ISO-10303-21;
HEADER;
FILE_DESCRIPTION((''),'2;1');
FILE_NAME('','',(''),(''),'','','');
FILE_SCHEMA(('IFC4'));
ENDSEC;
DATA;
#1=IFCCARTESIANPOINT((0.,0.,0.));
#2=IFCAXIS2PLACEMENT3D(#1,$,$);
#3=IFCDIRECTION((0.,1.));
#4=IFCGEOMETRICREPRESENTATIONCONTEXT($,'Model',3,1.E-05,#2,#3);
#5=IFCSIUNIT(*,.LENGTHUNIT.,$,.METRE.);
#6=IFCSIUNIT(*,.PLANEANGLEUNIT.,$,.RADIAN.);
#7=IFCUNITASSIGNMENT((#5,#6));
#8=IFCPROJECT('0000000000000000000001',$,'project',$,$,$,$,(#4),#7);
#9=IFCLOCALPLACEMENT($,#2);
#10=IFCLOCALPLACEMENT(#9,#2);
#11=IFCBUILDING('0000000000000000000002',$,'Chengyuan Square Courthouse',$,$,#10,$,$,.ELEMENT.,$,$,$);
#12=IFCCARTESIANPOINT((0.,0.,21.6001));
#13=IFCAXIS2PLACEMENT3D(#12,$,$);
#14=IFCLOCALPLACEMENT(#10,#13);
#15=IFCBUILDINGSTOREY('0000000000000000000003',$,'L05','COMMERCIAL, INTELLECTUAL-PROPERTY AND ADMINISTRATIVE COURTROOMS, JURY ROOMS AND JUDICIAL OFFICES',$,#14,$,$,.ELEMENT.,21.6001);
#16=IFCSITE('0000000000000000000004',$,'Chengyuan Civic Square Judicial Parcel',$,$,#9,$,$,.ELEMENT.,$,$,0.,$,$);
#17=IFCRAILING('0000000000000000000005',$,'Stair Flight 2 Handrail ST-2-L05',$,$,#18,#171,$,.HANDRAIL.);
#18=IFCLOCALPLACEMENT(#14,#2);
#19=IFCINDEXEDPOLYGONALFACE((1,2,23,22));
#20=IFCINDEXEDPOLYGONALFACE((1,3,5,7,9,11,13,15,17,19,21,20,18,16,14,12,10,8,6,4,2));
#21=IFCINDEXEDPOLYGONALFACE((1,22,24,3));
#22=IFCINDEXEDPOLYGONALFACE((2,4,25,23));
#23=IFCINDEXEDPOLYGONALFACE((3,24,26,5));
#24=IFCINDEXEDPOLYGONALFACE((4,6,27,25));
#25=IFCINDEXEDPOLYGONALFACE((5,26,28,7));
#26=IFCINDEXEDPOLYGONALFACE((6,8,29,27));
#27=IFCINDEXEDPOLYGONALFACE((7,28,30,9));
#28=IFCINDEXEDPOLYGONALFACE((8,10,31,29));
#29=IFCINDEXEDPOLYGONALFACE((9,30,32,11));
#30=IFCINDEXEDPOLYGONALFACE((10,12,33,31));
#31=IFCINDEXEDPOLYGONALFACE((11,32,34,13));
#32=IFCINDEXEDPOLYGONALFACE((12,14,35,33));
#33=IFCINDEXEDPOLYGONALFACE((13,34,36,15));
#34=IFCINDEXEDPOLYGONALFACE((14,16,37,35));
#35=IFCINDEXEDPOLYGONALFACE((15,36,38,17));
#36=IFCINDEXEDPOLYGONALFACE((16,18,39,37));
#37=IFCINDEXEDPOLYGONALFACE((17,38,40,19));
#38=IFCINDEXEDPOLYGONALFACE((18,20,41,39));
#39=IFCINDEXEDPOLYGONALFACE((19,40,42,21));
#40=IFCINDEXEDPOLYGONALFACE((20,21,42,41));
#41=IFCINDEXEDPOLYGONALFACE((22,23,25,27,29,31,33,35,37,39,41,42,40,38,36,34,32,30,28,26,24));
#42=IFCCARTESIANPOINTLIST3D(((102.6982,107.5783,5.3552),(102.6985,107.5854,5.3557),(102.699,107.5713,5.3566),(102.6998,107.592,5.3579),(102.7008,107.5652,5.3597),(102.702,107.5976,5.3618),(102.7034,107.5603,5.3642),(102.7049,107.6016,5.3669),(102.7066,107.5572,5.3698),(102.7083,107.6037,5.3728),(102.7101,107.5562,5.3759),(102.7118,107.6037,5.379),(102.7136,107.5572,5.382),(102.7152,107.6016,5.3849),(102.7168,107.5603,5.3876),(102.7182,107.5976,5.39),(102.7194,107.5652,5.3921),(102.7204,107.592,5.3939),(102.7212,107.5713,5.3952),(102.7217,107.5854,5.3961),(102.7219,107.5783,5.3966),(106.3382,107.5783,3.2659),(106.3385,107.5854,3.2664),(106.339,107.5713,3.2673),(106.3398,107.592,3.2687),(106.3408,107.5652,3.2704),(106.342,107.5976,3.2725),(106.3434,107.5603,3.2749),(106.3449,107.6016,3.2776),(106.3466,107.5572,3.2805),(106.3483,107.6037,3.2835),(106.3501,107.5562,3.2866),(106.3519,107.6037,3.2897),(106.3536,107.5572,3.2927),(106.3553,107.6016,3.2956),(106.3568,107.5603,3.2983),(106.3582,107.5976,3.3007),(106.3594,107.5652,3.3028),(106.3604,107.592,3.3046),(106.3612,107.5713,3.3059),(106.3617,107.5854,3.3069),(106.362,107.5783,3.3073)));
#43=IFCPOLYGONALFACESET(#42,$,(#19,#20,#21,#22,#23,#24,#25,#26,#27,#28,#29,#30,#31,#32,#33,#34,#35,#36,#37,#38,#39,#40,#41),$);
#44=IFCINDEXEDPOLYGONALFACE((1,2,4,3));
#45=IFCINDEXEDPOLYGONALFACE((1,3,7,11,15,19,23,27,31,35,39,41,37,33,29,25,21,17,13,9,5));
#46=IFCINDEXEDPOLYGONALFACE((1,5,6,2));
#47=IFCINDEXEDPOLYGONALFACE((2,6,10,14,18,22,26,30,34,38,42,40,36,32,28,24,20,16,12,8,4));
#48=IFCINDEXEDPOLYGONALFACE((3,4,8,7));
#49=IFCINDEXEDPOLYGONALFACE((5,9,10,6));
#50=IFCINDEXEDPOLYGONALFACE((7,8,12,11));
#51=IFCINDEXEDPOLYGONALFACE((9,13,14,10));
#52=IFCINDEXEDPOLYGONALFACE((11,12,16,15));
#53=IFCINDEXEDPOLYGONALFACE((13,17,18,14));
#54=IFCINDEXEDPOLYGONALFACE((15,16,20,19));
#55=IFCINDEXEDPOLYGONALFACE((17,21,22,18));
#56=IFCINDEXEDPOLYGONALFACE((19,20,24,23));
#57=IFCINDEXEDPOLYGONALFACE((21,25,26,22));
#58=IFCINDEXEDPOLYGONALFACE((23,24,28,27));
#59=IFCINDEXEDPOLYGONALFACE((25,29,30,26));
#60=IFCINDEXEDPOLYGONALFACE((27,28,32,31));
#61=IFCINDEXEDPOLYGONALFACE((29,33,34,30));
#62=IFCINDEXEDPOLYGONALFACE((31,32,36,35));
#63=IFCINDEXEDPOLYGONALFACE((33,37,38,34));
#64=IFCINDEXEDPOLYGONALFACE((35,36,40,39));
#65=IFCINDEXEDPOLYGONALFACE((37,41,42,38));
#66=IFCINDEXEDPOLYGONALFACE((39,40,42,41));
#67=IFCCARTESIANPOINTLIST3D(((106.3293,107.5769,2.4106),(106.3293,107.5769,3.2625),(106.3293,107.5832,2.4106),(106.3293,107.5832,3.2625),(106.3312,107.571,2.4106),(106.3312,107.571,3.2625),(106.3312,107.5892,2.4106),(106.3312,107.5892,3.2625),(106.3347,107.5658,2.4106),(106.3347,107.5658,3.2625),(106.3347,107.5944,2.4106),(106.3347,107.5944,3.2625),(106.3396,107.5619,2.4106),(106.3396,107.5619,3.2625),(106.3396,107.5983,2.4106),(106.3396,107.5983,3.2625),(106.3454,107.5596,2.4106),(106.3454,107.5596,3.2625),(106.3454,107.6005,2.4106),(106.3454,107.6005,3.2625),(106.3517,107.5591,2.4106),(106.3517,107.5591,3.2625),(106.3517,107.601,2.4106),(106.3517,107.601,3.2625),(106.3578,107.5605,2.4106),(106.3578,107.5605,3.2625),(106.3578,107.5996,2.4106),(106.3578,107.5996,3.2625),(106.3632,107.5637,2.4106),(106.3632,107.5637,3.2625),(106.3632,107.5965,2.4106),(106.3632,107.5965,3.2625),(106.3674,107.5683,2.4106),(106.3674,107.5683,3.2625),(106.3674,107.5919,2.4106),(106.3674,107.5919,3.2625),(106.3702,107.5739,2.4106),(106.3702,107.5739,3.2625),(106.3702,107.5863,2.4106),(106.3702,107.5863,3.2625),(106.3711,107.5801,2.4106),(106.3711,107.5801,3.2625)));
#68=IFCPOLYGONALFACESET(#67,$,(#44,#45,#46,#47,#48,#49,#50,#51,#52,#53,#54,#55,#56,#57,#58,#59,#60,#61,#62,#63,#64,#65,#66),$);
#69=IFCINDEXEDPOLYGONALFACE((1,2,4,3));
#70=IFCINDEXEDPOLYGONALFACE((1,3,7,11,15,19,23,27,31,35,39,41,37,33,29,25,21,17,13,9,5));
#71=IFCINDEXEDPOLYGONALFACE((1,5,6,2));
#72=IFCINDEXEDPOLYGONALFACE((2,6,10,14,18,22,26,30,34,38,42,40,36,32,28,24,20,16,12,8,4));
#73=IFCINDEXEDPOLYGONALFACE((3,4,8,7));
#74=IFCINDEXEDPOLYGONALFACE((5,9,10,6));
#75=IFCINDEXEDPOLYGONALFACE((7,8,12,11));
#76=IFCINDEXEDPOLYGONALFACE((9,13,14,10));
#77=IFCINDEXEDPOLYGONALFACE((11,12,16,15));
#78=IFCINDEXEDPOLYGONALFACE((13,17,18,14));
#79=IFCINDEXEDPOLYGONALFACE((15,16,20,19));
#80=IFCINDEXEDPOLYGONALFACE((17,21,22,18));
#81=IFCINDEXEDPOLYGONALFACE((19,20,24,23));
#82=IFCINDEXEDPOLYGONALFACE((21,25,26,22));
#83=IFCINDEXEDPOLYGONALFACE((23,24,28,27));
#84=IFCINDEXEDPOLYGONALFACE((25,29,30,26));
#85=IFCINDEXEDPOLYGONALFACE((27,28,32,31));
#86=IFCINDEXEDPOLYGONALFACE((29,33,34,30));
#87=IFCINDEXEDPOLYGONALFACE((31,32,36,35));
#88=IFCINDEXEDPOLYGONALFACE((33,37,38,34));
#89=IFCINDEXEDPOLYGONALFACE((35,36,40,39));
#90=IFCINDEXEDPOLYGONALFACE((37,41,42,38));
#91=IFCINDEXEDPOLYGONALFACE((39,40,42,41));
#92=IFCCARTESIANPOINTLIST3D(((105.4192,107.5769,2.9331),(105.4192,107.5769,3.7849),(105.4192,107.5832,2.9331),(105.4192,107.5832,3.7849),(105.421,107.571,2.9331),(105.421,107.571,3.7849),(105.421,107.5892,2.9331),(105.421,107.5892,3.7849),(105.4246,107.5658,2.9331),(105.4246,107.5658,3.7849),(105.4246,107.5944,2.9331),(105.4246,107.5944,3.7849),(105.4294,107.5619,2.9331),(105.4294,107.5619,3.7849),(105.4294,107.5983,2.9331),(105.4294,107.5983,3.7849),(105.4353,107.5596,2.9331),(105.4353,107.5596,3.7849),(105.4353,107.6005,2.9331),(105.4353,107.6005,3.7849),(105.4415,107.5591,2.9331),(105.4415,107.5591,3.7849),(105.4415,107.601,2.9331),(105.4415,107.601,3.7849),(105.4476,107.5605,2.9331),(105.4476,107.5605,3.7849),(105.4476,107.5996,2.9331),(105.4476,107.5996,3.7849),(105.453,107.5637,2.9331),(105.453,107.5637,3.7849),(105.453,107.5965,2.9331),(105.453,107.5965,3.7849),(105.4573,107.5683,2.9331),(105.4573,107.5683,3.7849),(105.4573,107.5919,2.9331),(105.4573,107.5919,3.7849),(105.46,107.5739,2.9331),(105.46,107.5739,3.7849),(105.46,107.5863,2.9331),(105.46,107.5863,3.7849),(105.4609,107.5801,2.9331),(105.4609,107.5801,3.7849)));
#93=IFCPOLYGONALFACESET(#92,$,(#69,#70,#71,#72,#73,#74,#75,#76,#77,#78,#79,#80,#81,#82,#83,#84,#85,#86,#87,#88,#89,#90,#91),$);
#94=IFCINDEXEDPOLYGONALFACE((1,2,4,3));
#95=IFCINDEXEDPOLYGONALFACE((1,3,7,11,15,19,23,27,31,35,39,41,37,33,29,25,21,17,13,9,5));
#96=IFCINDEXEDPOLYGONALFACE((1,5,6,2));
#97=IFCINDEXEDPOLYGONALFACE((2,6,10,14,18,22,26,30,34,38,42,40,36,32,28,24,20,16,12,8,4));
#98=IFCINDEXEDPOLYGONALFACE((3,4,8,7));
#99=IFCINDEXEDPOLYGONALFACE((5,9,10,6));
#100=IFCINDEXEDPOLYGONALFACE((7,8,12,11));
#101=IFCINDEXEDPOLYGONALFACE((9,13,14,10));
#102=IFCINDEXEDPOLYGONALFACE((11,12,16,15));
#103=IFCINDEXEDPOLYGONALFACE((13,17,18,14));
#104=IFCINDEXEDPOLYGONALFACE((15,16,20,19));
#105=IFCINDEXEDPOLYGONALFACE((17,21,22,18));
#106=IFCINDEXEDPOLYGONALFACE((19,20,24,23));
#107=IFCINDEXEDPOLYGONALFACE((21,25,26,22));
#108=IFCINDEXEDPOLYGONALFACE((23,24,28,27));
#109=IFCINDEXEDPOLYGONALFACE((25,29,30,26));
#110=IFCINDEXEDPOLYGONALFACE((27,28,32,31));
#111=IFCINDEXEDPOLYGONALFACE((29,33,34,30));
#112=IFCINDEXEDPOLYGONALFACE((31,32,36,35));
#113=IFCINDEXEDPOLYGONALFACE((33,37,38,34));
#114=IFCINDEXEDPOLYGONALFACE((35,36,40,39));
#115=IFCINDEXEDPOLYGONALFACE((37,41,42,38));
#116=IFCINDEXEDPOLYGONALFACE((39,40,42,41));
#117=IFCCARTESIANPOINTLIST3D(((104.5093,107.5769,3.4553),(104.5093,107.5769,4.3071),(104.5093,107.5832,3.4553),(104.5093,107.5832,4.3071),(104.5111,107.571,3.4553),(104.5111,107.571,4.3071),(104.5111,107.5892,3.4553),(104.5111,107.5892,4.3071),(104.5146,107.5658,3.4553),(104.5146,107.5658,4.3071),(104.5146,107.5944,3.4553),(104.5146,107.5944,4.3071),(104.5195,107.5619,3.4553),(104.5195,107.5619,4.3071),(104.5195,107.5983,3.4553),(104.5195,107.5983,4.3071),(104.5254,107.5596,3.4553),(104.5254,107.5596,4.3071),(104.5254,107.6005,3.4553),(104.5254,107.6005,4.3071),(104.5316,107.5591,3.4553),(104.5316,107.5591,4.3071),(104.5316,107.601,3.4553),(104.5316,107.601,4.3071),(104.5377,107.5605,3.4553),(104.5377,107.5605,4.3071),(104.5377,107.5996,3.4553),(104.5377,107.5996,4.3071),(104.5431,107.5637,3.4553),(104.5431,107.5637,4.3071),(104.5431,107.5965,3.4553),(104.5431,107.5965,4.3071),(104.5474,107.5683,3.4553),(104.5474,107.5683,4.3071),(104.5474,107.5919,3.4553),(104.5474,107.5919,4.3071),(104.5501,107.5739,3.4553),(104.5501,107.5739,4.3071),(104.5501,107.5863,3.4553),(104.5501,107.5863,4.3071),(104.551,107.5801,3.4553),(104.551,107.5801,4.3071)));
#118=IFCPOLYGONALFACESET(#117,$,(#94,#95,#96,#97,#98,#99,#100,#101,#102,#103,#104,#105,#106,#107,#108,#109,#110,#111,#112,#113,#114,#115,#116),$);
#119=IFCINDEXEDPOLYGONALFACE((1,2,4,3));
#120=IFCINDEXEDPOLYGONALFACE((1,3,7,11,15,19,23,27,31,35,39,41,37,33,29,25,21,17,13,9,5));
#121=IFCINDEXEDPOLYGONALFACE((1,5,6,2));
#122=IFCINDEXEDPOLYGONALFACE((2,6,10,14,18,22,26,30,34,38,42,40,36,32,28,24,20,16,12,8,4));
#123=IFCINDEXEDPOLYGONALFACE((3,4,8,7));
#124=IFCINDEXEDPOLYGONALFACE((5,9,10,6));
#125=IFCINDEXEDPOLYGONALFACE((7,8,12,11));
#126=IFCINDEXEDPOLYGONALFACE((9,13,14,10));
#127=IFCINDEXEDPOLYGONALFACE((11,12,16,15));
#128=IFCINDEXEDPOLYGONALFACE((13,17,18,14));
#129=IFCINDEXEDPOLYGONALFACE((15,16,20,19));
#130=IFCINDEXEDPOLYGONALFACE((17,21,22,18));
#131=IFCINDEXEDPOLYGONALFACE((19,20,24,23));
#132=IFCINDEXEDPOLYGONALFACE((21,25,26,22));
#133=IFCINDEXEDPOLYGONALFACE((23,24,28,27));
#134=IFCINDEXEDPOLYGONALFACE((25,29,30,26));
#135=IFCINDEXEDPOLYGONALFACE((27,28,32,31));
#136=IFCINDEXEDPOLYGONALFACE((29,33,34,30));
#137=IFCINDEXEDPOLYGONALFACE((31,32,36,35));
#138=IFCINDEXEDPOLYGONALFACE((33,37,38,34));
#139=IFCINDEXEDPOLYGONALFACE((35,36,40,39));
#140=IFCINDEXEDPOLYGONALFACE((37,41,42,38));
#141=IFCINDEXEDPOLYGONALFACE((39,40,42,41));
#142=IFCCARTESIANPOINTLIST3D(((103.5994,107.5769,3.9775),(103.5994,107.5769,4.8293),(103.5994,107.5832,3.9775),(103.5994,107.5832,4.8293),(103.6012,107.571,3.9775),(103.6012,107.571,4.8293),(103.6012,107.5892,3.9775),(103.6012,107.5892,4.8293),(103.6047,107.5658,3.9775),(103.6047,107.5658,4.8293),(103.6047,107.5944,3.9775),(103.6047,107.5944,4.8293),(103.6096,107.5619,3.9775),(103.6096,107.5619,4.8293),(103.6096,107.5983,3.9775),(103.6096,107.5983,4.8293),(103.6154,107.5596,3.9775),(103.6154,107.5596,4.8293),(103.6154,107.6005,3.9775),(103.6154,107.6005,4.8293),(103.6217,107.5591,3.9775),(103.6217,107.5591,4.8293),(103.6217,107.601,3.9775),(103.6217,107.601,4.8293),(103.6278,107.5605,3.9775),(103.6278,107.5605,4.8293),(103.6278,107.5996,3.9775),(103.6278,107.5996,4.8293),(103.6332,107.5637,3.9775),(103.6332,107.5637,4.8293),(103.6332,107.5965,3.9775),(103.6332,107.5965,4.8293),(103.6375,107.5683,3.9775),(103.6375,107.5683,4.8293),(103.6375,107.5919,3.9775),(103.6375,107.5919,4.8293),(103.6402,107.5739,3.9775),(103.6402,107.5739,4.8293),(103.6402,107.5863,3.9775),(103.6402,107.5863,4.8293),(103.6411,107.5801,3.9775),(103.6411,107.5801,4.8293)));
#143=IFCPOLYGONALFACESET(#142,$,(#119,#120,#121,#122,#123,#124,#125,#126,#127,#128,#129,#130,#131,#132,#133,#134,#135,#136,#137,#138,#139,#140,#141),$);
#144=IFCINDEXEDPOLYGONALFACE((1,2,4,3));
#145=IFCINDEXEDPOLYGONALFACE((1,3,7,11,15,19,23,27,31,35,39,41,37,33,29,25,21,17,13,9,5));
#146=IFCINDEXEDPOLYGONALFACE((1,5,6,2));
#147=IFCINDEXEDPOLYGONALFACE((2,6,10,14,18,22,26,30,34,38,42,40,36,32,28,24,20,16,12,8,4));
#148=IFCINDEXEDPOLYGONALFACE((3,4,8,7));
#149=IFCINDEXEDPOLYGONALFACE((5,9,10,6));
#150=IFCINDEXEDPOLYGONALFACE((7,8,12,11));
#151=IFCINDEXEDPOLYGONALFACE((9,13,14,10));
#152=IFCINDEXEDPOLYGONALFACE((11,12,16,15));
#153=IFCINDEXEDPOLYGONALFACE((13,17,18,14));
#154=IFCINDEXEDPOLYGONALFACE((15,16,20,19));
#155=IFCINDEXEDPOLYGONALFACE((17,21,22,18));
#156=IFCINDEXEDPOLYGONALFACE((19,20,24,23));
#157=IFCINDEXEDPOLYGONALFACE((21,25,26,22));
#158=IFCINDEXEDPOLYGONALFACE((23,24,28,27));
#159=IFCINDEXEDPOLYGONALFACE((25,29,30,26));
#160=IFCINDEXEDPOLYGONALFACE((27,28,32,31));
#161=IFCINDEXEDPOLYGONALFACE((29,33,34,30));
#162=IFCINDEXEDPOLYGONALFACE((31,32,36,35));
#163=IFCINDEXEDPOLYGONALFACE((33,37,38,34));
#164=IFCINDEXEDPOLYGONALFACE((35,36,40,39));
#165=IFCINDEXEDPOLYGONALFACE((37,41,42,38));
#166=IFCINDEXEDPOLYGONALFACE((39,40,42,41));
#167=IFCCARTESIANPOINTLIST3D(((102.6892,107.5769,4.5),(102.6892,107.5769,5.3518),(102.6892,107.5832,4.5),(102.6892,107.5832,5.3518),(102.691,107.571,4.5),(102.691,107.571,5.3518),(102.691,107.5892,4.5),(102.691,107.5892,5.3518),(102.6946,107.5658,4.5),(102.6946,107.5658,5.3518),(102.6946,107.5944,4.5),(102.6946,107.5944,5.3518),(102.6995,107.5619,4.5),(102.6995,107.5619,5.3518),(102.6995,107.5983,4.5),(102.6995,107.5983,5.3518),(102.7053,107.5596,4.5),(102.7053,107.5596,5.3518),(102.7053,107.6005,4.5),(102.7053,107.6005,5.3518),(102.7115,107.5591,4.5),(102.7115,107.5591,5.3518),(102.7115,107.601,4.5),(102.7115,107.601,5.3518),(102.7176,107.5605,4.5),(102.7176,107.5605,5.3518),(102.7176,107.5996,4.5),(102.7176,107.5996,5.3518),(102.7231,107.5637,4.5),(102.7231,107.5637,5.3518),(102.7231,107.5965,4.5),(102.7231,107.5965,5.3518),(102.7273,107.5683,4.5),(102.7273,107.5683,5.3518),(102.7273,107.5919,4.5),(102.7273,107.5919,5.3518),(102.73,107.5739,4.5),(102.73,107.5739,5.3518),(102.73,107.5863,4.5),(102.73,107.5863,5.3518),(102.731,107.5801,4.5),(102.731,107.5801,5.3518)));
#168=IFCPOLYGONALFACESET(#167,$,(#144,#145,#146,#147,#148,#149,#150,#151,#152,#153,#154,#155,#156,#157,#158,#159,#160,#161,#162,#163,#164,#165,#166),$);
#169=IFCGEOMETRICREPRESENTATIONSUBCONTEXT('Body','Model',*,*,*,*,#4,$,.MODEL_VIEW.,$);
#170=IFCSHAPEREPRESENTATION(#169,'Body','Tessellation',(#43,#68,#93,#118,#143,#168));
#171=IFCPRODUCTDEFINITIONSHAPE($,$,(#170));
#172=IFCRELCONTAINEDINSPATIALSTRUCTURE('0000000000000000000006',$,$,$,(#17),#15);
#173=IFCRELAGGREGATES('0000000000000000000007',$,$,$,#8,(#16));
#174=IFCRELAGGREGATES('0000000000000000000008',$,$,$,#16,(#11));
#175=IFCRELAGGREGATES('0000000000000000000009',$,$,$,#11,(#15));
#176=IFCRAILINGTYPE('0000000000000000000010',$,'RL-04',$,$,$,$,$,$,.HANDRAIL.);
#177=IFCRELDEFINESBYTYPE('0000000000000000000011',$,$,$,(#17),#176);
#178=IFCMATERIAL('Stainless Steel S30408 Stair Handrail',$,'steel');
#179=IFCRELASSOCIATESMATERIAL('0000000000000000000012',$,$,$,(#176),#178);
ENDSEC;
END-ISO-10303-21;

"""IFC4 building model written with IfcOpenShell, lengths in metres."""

from ifc_helpers import new_model, si_unit, direction, frame, origin, origin_2d, place, context, subcontext, project, spatial, circle, extrude, material, type_object, element, save


model = new_model("IFC4")

# Units and contexts
model_context = context("Model", 3, precision=1e-05, world=origin(), true_north=direction((0.0, 1.0)))
body_context = subcontext(model_context, "Body", "Model", "MODEL_VIEW")
ifc_project = project(units=[si_unit("LENGTHUNIT", "METRE"), si_unit("PLANEANGLEUNIT", "RADIAN")], contexts=[model_context])

# Site, building, storey
site_placement = place(None, origin())
site = spatial("IfcSite", under=ifc_project, at=site_placement, Name="Chengyuan Civic Square Judicial Parcel", CompositionType="ELEMENT", RefElevation=0.0)
building_placement = place(site_placement, origin())
building = spatial("IfcBuilding", under=site, at=building_placement, Name="Chengyuan Square Courthouse", CompositionType="ELEMENT")
storey_placement = place(building_placement, frame((0.0, 0.0, 21.6001)))
storey = spatial("IfcBuildingStorey", under=building, at=storey_placement, Name="L05", Description="COMMERCIAL, INTELLECTUAL-PROPERTY AND ADMINISTRATIVE COURTROOMS, JURY ROOMS AND JUDICIAL OFFICES", CompositionType="ELEMENT", Elevation=21.6001)

# Railing
ifc_material_1 = material(Name="Stainless Steel S30408 Stair Handrail", Category="steel")
railing_type_1 = type_object("IfcRailingType", Name="RL-04", PredefinedType="HANDRAIL", material=ifc_material_1)
railing_1_placement = place(storey_placement, frame((106.3501, 107.5801, 2.4106)))
element("IfcRailing", 1, at=railing_1_placement, inside=storey, type_object=railing_type_1, Name="Stair Flight 2 Handrail ST-2-L05", PredefinedType="HANDRAIL", context=body_context, shape_type="SweptSolid", body=[
    extrude(circle(Radius=0.0239, at=origin_2d()), frame((0.0, 0.0, 0.876), z_axis=(-0.867289, 0.0, 0.497804), x_axis=(0.0, -1.0, 0.0)), (0.0, 0.0, 1.0), 4.197),
    extrude(circle(Radius=0.021, at=origin_2d()), origin(), (0.0, 0.0, 1.0), 0.8518),
    extrude(circle(Radius=0.021, at=origin_2d()), frame((-0.9102, 0.0, 0.5225)), (0.0, 0.0, 1.0), 0.8518),
    extrude(circle(Radius=0.021, at=origin_2d()), frame((-1.8201, 0.0, 1.0447)), (0.0, 0.0, 1.0), 0.8518),
    extrude(circle(Radius=0.021, at=origin_2d()), frame((-2.73, 0.0, 1.5669)), (0.0, 0.0, 1.0), 0.8518),
    extrude(circle(Radius=0.021, at=origin_2d()), frame((-3.6401, 0.0, 2.0894)), (0.0, 0.0, 1.0), 0.8518),
])

save(model, "model.ifc")
